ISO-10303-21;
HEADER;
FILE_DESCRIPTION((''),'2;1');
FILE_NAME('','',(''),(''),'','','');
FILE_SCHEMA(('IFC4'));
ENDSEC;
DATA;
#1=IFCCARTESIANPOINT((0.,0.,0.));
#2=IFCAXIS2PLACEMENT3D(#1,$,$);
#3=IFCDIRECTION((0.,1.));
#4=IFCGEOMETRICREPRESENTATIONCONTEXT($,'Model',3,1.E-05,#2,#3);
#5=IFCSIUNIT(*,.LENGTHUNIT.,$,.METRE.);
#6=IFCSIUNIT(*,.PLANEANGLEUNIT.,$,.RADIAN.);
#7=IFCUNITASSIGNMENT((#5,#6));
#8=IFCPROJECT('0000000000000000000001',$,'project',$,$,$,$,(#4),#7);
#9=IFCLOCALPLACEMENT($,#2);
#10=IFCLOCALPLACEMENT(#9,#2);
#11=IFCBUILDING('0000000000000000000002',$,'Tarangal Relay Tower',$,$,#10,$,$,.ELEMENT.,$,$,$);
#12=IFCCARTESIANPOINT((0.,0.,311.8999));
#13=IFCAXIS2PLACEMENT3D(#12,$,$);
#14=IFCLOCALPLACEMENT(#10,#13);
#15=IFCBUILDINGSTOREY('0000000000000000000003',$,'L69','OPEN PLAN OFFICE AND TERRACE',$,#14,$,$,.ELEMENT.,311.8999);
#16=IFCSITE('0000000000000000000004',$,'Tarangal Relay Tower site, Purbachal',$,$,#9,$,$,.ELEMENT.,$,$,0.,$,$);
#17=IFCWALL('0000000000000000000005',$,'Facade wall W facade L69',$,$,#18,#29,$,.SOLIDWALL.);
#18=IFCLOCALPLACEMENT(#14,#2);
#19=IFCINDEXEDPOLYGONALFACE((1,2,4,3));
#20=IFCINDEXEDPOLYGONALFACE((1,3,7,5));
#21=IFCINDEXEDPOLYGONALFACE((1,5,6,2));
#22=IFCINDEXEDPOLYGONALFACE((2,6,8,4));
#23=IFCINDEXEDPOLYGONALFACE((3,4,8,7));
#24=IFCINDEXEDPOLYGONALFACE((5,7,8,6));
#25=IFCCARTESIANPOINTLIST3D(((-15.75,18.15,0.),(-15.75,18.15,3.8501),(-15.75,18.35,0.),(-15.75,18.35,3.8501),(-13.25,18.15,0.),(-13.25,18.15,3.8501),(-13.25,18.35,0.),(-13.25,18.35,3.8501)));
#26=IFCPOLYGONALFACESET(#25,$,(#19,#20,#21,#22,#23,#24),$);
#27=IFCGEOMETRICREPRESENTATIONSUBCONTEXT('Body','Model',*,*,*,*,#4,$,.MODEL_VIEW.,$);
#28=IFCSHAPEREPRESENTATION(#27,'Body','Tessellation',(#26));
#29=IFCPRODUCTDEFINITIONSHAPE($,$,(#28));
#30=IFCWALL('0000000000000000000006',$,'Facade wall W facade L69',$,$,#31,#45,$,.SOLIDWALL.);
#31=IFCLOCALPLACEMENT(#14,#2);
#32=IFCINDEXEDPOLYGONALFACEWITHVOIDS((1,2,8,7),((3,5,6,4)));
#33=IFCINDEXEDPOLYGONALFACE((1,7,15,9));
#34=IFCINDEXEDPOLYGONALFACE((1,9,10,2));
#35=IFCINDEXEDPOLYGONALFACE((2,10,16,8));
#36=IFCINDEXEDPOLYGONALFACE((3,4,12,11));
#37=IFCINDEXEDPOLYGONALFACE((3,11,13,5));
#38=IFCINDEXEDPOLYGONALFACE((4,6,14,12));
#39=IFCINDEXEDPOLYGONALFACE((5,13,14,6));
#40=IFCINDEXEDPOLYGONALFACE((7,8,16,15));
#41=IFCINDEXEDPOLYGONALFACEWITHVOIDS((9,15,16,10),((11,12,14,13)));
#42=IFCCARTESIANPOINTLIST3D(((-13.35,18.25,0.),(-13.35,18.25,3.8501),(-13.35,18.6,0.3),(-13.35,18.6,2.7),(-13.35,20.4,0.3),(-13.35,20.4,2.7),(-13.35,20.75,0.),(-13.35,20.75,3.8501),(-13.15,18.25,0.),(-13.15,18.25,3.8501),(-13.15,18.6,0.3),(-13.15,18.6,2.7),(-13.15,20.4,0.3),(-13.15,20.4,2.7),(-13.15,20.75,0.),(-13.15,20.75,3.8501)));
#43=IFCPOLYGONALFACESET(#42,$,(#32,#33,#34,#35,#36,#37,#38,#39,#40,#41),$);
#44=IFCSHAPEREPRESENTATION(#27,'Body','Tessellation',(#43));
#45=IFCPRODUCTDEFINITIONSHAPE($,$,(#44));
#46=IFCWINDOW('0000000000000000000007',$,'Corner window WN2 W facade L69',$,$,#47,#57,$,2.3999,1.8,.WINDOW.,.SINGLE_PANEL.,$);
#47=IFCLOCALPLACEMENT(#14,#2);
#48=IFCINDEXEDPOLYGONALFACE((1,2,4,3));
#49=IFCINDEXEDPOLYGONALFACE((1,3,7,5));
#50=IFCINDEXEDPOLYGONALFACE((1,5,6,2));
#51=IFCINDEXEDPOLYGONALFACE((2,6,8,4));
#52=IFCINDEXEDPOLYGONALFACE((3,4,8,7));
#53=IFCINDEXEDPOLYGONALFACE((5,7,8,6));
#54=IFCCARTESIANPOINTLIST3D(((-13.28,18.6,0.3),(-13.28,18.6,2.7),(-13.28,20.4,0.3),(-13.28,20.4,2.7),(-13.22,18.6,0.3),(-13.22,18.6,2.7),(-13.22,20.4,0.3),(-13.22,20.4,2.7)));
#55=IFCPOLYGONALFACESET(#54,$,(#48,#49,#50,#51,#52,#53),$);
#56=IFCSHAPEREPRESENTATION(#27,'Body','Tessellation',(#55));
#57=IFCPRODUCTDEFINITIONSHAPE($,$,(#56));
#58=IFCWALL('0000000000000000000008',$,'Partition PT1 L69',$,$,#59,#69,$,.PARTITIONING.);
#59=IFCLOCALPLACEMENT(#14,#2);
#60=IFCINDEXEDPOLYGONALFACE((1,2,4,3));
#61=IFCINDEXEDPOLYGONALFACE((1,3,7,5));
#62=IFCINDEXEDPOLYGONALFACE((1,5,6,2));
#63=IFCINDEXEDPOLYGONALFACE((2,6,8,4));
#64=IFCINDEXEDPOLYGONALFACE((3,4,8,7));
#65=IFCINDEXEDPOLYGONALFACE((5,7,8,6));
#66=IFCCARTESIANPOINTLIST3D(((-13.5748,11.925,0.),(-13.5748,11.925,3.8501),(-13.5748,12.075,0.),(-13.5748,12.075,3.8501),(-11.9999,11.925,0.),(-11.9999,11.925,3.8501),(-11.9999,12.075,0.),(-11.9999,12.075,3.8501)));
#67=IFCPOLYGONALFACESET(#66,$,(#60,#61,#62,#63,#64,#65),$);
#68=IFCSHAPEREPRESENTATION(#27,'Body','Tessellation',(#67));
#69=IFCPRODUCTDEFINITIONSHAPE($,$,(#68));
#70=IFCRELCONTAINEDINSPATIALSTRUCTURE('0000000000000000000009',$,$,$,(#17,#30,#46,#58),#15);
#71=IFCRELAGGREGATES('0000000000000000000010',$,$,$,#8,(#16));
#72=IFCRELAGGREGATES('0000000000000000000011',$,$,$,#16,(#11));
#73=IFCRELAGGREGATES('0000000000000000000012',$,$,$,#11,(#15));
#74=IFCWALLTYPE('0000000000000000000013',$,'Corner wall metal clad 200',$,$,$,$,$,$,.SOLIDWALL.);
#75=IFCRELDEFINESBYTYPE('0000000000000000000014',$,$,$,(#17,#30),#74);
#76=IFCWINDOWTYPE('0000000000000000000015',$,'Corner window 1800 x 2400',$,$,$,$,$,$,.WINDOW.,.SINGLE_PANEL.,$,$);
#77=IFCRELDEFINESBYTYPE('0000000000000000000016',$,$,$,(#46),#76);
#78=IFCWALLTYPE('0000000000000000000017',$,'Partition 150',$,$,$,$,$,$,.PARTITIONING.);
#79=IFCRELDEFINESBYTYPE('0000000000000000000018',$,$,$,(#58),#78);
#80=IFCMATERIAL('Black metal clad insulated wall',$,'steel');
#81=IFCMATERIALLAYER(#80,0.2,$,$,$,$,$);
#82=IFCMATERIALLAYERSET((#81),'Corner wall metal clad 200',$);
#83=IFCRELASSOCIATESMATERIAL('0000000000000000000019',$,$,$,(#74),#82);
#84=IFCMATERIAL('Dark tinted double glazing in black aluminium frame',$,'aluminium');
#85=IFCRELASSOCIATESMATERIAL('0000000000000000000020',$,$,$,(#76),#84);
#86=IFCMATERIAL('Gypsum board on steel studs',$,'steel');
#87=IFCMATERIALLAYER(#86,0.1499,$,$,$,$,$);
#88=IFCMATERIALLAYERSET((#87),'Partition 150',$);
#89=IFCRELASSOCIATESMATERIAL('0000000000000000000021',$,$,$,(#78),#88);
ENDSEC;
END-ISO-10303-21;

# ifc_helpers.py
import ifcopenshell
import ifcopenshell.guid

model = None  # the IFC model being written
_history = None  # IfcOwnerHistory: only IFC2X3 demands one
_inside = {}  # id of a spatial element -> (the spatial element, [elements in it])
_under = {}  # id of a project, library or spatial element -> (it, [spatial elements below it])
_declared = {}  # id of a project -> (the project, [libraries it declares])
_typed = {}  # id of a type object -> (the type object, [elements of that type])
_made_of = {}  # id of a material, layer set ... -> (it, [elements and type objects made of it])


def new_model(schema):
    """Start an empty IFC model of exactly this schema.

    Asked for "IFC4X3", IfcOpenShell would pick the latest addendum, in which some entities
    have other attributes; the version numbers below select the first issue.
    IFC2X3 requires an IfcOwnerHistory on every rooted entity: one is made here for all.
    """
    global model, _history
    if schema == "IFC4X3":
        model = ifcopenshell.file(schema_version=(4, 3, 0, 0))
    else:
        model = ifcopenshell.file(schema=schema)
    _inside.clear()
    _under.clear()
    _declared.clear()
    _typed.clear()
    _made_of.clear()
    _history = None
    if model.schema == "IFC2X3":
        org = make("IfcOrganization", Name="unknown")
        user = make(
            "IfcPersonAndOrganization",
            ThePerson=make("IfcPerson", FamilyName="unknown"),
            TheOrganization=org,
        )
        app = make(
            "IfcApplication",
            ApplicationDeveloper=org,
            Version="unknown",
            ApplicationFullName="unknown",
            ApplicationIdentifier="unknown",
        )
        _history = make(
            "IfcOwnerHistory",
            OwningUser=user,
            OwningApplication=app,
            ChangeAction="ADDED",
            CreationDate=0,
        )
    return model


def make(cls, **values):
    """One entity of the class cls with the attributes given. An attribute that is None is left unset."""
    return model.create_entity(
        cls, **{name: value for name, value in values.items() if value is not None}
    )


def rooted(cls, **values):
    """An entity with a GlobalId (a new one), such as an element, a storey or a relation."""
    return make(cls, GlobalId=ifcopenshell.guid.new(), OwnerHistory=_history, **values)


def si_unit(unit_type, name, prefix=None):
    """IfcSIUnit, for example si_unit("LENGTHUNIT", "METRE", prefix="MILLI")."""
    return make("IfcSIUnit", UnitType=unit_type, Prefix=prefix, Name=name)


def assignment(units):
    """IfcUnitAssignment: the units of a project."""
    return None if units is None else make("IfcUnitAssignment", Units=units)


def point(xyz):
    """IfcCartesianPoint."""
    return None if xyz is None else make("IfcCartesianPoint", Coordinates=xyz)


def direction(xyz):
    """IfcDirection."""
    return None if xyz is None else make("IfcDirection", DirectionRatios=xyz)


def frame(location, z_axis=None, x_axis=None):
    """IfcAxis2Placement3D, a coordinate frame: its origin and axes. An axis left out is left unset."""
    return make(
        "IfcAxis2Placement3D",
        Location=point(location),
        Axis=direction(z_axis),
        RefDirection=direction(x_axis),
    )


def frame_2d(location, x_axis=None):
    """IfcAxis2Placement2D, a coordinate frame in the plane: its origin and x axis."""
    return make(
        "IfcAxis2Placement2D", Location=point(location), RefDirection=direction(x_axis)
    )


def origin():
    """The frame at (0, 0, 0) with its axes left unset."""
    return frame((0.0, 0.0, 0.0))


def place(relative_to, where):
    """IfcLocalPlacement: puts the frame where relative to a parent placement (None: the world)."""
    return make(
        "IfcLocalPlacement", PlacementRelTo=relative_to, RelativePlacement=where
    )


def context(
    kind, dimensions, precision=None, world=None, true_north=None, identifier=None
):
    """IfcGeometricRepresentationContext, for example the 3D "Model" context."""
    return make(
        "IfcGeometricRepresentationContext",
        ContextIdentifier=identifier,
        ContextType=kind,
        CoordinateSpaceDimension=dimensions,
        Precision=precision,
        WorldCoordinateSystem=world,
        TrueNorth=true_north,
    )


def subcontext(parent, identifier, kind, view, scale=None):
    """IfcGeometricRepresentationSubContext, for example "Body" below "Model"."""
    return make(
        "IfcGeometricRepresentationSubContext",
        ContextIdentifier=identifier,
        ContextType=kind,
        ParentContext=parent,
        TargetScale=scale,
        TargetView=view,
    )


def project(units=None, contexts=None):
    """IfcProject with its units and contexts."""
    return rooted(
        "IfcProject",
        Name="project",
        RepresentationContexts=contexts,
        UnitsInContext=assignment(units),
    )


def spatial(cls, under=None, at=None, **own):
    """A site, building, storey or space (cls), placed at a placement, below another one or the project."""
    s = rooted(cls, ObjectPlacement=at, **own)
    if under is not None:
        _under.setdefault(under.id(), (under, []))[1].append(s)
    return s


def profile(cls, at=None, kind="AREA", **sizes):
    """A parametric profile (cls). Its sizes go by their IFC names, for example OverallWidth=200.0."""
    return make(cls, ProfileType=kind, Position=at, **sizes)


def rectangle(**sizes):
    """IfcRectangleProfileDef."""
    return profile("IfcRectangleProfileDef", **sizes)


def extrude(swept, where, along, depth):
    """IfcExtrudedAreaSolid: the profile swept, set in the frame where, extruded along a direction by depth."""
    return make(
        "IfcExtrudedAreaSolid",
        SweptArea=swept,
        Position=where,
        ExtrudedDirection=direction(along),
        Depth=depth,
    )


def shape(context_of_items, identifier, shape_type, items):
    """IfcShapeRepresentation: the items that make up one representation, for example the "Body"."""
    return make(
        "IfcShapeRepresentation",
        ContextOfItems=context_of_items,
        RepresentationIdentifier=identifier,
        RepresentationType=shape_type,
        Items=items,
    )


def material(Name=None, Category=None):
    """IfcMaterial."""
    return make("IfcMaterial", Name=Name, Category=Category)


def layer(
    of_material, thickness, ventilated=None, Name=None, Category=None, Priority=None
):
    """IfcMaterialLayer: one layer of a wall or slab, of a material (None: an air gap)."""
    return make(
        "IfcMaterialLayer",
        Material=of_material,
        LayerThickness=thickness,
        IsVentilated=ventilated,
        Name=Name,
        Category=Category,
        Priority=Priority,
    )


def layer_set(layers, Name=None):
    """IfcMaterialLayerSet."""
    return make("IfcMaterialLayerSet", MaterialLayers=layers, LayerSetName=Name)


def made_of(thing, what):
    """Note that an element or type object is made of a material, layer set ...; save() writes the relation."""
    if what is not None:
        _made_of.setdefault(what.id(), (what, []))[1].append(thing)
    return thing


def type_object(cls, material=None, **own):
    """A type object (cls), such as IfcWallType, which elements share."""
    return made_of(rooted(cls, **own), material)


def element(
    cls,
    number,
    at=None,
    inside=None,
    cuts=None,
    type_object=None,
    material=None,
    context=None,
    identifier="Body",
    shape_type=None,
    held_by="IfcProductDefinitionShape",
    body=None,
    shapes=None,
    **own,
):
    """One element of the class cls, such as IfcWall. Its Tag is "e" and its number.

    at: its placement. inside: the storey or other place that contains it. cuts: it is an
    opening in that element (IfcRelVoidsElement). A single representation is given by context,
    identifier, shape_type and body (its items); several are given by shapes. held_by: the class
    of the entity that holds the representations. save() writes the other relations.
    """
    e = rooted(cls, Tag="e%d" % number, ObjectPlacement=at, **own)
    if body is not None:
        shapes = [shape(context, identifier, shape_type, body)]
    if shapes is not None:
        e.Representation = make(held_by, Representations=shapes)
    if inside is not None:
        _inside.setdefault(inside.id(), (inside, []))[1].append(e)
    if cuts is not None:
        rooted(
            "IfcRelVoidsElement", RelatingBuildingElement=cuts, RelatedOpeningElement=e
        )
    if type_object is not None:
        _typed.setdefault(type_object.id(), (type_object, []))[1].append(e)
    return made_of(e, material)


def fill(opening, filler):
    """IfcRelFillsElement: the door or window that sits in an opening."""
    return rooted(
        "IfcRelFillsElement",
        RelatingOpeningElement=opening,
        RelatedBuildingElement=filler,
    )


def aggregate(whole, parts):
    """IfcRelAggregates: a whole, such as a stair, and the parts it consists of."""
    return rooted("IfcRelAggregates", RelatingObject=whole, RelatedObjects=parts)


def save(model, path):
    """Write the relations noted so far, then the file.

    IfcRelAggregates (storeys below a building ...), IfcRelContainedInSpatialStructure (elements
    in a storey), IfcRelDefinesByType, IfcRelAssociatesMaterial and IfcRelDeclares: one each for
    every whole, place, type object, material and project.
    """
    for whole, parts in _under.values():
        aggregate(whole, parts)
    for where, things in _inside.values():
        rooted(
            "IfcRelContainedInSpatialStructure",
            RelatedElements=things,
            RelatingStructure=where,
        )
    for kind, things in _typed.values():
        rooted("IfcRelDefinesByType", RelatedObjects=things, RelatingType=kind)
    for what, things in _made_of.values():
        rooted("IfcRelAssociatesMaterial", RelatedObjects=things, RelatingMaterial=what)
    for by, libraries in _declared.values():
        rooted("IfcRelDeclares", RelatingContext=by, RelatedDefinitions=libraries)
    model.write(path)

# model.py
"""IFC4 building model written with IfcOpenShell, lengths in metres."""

from ifc_helpers import new_model, si_unit, direction, frame, frame_2d, origin, place, context, subcontext, project, spatial, rectangle, extrude, material, layer, layer_set, type_object, element, fill, save


model = new_model("IFC4")

# Units and contexts
model_context = context("Model", 3, precision=1e-05, world=origin(), true_north=direction((0.0, 1.0)))
body_context = subcontext(model_context, "Body", "Model", "MODEL_VIEW")
ifc_project = project(units=[si_unit("LENGTHUNIT", "METRE"), si_unit("PLANEANGLEUNIT", "RADIAN")], contexts=[model_context])

# Site, building, storey
site_placement = place(None, origin())
site = spatial("IfcSite", under=ifc_project, at=site_placement, Name="Tarangal Relay Tower site, Purbachal", CompositionType="ELEMENT", RefElevation=0.0)
building_placement = place(site_placement, origin())
building = spatial("IfcBuilding", under=site, at=building_placement, Name="Tarangal Relay Tower", CompositionType="ELEMENT")
storey_placement = place(building_placement, frame((0.0, 0.0, 311.8999)))
storey = spatial("IfcBuildingStorey", under=building, at=storey_placement, Name="L69", Description="OPEN PLAN OFFICE AND TERRACE", CompositionType="ELEMENT", Elevation=311.8999)

# Shared definitions
ifc_material_1 = material(Name="Black metal clad insulated wall", Category="steel")
ifc_layer_1 = layer(ifc_material_1, 0.2)
ifc_layer_set_1 = layer_set([ifc_layer_1], Name="Corner wall metal clad 200")
wall_type_1 = type_object("IfcWallType", Name="Corner wall metal clad 200", PredefinedType="SOLIDWALL", material=ifc_layer_set_1)

# Shared definitions
ifc_material_2 = material(Name="Dark tinted double glazing in black aluminium frame", Category="aluminium")
window_type = type_object("IfcWindowType", Name="Corner window 1800 x 2400", PartitioningType="SINGLE_PANEL", PredefinedType="WINDOW", material=ifc_material_2)

# Wall
wall_1_placement = place(storey_placement, frame((-15.75, 18.25, 0.0), z_axis=(0.0, 0.0, 1.0), x_axis=(1.0, 0.0, 0.0)))
element("IfcWall", 1, at=wall_1_placement, inside=storey, type_object=wall_type_1, Name="Facade wall W facade L69", PredefinedType="SOLIDWALL", context=body_context, shape_type="SweptSolid", body=[
    extrude(rectangle(XDim=2.5, YDim=0.2, at=frame_2d((1.25, 0.0))), origin(), (0.0, 0.0, 1.0), 3.8501),
])

# Wall, opening, window
wall_2_placement = place(storey_placement, frame((-13.25, 18.25, 0.0), z_axis=(0.0, 0.0, 1.0), x_axis=(0.0, 1.0, 0.0)))
wall_2 = element("IfcWall", 2, at=wall_2_placement, inside=storey, type_object=wall_type_1, Name="Facade wall W facade L69", PredefinedType="SOLIDWALL", context=body_context, shape_type="SweptSolid", body=[
    extrude(rectangle(XDim=2.5, YDim=0.2, at=frame_2d((1.25, 0.0))), origin(), (0.0, 0.0, 1.0), 3.8501),
])
opening_1_placement = place(wall_2_placement, frame((0.3501, 0.0, 0.3)))
opening_1 = element("IfcOpeningElement", 3, at=opening_1_placement, cuts=wall_2, PredefinedType="OPENING", context=body_context, shape_type="SweptSolid", body=[
    extrude(rectangle(XDim=1.8, YDim=2.3999, at=frame_2d((0.8999, 1.2))), frame((0.0, 0.1099, 0.0), z_axis=(0.0, -1.0, 0.0), x_axis=(1.0, 0.0, 0.0)), (0.0, 0.0, 1.0), 0.22),
])
window_1_placement = place(opening_1_placement, origin())
window_1 = element("IfcWindow", 4, at=window_1_placement, inside=storey, type_object=window_type, Name="Corner window WN2 W facade L69", OverallHeight=2.3999, OverallWidth=1.8, PartitioningType="SINGLE_PANEL", PredefinedType="WINDOW", context=body_context, shape_type="SweptSolid", body=[
    extrude(rectangle(XDim=1.8, YDim=2.3999, at=frame_2d((0.8999, 1.2))), frame((0.0, 0.03, 0.0), z_axis=(0.0, -1.0, 0.0), x_axis=(1.0, 0.0, 0.0)), (0.0, 0.0, 1.0), 0.0601),
])
fill(opening_1, window_1)

# Wall
ifc_material_3 = material(Name="Gypsum board on steel studs", Category="steel")
ifc_layer_2 = layer(ifc_material_3, 0.1499)
ifc_layer_set_2 = layer_set([ifc_layer_2], Name="Partition 150")
wall_type_2 = type_object("IfcWallType", Name="Partition 150", PredefinedType="PARTITIONING", material=ifc_layer_set_2)
wall_3_placement = place(storey_placement, frame((-13.575, 12.0, 0.0), z_axis=(0.0, 0.0, 1.0), x_axis=(1.0, 0.0, 0.0)))
element("IfcWall", 5, at=wall_3_placement, inside=storey, type_object=wall_type_2, Name="Partition PT1 L69", PredefinedType="PARTITIONING", context=body_context, shape_type="SweptSolid", body=[
    extrude(rectangle(XDim=1.575, YDim=0.1499, at=frame_2d((0.7876, 0.0))), origin(), (0.0, 0.0, 1.0), 3.8501),
])

save(model, "model.ifc")
